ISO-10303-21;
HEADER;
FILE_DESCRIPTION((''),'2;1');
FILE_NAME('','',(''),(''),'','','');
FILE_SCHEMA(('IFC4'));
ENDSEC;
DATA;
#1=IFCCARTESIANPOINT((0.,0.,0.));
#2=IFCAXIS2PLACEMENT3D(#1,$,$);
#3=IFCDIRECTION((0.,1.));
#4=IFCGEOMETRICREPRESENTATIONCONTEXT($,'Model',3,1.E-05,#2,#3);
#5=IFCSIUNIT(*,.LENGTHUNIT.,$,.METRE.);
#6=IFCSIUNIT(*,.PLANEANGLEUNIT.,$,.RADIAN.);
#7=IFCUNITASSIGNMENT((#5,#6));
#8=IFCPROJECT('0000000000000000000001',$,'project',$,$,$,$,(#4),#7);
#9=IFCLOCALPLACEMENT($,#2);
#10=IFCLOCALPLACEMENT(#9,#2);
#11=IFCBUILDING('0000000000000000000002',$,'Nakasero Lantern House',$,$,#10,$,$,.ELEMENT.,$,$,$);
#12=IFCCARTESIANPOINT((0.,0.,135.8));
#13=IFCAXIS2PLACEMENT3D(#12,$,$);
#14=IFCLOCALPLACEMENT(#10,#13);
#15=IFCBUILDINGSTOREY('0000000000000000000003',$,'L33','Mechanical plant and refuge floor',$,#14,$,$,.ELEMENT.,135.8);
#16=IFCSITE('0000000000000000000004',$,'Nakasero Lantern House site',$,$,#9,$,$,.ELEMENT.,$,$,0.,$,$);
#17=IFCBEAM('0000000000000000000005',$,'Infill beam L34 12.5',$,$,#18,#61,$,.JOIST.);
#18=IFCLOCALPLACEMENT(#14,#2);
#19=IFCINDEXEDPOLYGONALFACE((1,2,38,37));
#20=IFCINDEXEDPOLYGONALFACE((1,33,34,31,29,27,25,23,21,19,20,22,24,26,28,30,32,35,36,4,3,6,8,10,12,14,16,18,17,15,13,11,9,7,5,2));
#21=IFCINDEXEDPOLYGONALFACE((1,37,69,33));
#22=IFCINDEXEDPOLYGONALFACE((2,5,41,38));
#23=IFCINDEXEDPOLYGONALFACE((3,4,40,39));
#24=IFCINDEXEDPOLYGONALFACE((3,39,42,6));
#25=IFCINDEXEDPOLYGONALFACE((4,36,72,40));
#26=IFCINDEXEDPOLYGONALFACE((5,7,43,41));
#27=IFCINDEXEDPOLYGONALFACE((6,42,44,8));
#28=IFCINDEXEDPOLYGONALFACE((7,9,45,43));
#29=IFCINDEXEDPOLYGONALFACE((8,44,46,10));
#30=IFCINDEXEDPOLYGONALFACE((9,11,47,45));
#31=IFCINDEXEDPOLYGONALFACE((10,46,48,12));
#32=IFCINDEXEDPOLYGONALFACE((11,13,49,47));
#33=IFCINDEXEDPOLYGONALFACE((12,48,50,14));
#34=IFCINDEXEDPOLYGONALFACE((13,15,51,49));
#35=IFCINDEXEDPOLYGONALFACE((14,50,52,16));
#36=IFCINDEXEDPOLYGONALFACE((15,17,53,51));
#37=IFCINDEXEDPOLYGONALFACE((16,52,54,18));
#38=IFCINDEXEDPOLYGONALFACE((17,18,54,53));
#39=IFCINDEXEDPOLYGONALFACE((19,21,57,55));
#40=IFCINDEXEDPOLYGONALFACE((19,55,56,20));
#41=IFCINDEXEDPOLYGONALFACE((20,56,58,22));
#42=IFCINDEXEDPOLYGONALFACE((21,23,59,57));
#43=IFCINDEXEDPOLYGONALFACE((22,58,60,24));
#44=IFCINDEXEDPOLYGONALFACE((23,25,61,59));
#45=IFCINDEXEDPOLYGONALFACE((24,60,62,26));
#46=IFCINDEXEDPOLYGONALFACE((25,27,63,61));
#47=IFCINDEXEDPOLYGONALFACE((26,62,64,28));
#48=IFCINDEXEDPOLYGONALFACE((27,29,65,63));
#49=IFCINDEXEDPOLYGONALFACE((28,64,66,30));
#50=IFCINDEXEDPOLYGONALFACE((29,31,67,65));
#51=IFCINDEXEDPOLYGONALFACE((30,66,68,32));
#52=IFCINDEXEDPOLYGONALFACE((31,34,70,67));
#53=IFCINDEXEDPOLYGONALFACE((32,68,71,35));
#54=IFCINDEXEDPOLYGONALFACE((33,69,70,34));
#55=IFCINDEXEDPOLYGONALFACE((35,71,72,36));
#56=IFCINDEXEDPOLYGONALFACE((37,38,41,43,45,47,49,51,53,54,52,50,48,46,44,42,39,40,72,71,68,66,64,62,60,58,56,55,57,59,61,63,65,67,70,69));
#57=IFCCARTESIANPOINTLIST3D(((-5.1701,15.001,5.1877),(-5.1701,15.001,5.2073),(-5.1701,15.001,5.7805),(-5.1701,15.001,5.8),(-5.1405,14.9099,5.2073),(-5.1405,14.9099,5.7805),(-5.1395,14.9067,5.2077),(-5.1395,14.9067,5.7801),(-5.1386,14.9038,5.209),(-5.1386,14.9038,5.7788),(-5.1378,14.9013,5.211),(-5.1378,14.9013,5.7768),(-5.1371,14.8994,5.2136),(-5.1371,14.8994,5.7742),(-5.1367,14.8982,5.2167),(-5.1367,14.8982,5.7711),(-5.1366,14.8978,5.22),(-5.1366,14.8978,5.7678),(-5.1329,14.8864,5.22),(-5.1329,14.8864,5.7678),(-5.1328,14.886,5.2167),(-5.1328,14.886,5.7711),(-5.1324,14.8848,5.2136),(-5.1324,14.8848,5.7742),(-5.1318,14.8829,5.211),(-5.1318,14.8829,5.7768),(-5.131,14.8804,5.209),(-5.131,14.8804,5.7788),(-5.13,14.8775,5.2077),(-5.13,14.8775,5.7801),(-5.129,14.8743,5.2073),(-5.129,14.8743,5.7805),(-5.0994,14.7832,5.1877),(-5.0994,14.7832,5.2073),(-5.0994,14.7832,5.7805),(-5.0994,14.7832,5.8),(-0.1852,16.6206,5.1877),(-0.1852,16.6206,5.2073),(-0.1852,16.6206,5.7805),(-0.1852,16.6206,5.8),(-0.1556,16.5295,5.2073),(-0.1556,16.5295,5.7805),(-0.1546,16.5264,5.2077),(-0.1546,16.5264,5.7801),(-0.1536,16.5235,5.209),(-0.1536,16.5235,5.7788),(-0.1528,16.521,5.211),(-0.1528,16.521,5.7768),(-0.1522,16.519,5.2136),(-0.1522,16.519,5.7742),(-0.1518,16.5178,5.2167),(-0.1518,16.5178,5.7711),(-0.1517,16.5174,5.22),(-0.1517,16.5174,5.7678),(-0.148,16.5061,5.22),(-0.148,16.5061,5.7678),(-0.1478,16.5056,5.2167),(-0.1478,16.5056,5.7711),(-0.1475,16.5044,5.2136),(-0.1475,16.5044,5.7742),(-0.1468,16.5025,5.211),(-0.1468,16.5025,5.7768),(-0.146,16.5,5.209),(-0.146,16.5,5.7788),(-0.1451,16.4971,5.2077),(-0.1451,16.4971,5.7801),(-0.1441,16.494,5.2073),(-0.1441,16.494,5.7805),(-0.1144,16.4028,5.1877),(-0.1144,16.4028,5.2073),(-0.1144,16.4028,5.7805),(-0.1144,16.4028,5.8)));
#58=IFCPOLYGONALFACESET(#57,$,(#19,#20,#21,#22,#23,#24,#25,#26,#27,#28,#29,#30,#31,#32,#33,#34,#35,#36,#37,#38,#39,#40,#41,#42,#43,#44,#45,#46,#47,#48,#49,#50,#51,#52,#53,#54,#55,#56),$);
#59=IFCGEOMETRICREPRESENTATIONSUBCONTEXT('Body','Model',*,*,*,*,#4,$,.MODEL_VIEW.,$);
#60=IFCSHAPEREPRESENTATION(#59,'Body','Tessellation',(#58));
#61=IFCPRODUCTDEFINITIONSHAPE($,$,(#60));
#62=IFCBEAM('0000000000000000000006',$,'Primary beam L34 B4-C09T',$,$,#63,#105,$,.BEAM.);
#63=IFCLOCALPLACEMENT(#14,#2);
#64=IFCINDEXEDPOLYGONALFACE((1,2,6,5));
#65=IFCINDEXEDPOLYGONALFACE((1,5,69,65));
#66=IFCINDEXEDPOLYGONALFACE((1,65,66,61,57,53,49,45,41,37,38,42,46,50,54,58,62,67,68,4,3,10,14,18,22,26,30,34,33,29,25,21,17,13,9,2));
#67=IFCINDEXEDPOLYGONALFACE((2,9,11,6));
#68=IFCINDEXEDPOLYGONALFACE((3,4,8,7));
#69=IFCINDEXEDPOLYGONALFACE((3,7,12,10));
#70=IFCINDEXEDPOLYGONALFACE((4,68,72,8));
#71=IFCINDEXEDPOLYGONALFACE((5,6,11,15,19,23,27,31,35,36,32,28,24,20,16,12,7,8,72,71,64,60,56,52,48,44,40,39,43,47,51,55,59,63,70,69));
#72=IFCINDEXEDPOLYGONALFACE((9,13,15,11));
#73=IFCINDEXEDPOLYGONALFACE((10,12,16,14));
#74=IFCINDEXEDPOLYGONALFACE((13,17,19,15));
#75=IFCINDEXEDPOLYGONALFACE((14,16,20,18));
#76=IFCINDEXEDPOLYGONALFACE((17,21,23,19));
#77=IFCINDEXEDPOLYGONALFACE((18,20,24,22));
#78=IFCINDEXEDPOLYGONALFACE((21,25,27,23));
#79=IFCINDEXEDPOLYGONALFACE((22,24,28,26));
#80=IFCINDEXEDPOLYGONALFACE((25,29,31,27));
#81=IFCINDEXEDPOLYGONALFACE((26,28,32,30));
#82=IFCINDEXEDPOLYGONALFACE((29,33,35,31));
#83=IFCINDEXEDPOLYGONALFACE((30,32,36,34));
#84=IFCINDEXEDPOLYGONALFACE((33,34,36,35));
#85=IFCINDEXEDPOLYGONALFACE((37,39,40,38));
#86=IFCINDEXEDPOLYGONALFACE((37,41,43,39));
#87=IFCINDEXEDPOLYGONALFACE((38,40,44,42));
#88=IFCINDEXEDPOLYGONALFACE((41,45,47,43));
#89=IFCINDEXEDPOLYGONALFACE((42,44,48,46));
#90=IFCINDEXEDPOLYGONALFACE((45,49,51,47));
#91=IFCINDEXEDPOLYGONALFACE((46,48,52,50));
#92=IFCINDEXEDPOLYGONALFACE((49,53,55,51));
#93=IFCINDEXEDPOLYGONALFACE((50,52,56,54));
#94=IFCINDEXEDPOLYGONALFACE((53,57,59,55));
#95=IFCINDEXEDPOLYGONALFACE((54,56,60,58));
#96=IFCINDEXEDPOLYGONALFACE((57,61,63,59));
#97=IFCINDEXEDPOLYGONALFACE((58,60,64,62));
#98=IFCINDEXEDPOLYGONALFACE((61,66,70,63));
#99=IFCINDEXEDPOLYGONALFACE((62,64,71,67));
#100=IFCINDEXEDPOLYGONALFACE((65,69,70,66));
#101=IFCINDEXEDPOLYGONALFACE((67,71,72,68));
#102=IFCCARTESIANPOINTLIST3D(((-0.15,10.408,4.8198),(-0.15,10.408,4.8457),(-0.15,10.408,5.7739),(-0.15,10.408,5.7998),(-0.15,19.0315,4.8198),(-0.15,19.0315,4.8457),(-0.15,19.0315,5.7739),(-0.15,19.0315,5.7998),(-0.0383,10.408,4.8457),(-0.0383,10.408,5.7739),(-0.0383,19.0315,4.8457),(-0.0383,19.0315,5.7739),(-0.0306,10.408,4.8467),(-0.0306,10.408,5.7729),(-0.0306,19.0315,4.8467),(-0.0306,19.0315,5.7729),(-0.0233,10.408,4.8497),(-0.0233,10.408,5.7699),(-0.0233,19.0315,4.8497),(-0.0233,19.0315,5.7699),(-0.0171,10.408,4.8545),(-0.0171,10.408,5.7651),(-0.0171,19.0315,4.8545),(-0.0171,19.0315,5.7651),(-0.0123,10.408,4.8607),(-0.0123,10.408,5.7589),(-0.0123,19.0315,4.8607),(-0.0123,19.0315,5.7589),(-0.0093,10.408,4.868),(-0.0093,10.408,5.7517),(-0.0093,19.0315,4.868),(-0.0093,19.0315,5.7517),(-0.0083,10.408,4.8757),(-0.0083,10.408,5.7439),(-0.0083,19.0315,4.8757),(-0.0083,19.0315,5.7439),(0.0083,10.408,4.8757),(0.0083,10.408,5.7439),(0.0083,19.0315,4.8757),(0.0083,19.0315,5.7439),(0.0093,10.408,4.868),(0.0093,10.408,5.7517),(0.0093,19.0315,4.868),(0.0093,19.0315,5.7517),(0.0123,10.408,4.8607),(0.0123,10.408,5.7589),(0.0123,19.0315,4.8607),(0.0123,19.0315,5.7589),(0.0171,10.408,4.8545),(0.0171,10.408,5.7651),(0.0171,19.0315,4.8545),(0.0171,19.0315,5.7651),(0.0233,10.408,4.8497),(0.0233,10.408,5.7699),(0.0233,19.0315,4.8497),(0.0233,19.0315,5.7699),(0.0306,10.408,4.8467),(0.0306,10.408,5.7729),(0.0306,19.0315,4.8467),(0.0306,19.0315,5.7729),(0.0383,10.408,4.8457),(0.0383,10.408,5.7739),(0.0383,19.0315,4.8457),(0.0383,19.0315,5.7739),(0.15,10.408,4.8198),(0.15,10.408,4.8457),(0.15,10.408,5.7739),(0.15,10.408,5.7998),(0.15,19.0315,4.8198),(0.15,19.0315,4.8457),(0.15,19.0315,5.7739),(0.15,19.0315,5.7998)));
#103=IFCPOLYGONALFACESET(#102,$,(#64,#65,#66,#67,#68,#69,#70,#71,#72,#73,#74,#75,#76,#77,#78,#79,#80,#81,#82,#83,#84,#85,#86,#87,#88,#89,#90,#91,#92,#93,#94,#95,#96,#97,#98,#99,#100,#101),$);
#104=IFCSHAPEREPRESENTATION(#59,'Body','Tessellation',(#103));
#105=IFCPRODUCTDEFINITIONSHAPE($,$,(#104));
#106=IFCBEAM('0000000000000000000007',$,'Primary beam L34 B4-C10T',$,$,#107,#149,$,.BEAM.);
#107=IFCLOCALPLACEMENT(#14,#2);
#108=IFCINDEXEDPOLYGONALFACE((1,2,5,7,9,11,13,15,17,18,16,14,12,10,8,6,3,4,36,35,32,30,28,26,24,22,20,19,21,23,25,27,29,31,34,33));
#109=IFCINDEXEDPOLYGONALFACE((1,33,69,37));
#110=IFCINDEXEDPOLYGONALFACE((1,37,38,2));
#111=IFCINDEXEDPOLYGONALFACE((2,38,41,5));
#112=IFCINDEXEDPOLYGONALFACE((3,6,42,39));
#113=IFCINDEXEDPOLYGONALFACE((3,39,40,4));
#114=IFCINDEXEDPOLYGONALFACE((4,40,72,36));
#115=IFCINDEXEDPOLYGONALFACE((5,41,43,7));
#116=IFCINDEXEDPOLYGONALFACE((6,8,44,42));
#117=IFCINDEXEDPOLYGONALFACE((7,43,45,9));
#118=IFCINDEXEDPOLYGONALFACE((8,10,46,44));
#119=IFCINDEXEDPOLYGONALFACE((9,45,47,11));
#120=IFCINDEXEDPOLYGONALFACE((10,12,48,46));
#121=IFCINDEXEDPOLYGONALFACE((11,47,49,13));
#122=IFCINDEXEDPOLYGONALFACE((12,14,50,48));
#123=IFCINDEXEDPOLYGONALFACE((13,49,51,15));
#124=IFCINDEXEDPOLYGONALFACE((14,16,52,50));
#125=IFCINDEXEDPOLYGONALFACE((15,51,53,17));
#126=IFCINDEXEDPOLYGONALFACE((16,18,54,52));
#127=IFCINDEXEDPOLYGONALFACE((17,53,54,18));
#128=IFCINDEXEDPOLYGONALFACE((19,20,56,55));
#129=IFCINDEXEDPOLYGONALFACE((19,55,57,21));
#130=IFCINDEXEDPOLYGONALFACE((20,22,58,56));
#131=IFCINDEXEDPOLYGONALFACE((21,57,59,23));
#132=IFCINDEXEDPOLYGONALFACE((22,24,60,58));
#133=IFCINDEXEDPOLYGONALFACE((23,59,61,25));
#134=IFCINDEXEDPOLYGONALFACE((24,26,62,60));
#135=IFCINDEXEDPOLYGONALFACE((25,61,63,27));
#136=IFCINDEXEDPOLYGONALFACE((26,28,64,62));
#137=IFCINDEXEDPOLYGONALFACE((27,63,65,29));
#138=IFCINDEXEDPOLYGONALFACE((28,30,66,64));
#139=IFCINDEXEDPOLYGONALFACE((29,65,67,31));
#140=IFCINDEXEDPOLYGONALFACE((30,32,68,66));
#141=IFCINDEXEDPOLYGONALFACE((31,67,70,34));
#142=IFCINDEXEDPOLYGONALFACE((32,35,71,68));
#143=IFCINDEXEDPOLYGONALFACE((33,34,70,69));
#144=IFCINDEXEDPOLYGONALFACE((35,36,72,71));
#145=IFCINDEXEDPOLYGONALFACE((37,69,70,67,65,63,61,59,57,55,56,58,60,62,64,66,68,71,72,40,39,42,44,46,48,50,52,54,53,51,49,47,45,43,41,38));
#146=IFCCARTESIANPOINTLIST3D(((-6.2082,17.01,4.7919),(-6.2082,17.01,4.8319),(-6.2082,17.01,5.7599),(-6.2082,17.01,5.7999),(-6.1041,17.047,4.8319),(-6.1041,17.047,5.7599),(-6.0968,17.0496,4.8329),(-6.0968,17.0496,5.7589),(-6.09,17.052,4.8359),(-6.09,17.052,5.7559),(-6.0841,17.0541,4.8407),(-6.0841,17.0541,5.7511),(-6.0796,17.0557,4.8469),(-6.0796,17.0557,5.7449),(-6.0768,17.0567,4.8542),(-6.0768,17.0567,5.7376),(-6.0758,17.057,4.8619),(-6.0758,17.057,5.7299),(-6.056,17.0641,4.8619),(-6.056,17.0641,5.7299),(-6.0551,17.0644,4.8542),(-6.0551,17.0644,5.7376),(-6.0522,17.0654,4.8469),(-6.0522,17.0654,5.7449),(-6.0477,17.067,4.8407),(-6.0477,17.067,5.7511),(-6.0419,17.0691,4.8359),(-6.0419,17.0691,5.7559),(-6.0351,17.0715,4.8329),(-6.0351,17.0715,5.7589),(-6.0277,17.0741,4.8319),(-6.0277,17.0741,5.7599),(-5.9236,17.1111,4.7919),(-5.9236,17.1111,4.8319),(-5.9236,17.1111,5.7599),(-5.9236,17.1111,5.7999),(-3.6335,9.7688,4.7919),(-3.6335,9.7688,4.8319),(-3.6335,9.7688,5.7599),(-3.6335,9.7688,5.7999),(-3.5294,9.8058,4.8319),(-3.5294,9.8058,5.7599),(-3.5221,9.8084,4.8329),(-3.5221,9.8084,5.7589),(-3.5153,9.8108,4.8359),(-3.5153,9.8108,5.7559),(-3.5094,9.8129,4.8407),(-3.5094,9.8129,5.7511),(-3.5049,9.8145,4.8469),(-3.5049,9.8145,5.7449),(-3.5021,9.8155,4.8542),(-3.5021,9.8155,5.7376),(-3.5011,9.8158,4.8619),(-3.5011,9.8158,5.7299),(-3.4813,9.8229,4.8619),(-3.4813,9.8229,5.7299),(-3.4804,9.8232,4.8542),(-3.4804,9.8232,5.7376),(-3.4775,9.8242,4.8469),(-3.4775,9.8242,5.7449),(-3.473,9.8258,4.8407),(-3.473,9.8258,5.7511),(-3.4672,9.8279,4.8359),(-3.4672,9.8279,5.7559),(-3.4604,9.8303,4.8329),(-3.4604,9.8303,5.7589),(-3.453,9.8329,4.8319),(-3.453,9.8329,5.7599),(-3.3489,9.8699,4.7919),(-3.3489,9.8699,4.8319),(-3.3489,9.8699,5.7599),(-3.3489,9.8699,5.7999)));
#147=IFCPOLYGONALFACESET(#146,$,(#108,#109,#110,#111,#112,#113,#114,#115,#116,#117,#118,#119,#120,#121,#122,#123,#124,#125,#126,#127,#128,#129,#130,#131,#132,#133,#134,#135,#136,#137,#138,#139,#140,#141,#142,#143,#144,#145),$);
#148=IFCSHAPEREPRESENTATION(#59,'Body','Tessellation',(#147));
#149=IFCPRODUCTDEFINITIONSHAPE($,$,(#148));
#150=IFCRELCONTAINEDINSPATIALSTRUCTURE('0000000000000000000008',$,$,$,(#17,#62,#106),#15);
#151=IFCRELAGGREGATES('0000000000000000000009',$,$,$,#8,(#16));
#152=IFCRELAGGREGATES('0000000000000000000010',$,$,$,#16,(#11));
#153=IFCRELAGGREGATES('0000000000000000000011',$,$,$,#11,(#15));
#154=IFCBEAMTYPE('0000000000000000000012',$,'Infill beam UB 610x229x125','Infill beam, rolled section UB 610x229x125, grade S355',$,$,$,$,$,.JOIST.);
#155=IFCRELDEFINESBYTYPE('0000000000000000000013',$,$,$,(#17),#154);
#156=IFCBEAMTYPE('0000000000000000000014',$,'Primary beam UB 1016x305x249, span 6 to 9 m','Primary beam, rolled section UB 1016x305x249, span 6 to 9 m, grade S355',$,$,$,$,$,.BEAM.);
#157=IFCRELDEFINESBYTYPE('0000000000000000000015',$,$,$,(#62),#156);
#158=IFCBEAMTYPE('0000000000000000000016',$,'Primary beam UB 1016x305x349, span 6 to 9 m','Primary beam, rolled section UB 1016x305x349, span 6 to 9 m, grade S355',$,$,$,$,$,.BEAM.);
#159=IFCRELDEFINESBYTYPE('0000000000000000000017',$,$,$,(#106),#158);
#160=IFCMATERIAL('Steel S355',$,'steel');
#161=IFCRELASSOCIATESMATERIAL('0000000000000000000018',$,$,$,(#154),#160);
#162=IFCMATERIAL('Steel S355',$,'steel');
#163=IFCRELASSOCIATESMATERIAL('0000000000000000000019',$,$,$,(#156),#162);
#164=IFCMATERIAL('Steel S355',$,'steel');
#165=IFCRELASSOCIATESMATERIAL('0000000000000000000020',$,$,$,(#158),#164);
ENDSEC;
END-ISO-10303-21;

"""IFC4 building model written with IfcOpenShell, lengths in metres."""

from ifc_helpers import new_model, si_unit, direction, frame, origin, origin_2d, place, context, subcontext, project, spatial, i_section, extrude, material, material_profile, profile_set, type_object, element, save


model = new_model("IFC4")

# Units and contexts
model_context = context("Model", 3, precision=1e-05, world=origin(), true_north=direction((0.0, 1.0)))
body_context = subcontext(model_context, "Body", "Model", "MODEL_VIEW")
ifc_project = project(units=[si_unit("LENGTHUNIT", "METRE"), si_unit("PLANEANGLEUNIT", "RADIAN")], contexts=[model_context])

# Site, building, storey
site_placement = place(None, origin())
site = spatial("IfcSite", under=ifc_project, at=site_placement, Name="Nakasero Lantern House site", CompositionType="ELEMENT", RefElevation=0.0)
building_placement = place(site_placement, origin())
building = spatial("IfcBuilding", under=site, at=building_placement, Name="Nakasero Lantern House", CompositionType="ELEMENT")
storey_placement = place(building_placement, frame((0.0, 0.0, 135.8)))
storey = spatial("IfcBuildingStorey", under=building, at=storey_placement, Name="L33", Description="Mechanical plant and refuge floor", CompositionType="ELEMENT", Elevation=135.8)

# Beams
ifc_material_1 = material(Name="Steel S355", Category="steel")
ifc_material_profile_1 = material_profile(ifc_material_1, i_section(OverallWidth=0.229, OverallDepth=0.6123, WebThickness=0.012, FlangeThickness=0.0195, FilletRadius=0.0127, at=origin_2d()), Name="UB 610x229x125")
ifc_profile_set_1 = profile_set([ifc_material_profile_1], Name="Steel S355")
beam_type_1 = type_object("IfcBeamType", Name="Infill beam UB 610x229x125", Description="Infill beam, rolled section UB 610x229x125, grade S355", PredefinedType="JOIST", material=ifc_profile_set_1)
beam_1_placement = place(storey_placement, frame((-5.1348, 14.8921, 5.4939), z_axis=(0.951059, 0.309008, 0.0), x_axis=(-0.309008, 0.951059, 0.0)))
element("IfcBeam", 1, at=beam_1_placement, inside=storey, type_object=beam_type_1, Name="Infill beam L34 12.5", PredefinedType="JOIST", context=body_context, shape_type="SweptSolid", body=[
    extrude(i_section(OverallWidth=0.229, OverallDepth=0.6123, WebThickness=0.012, FlangeThickness=0.0195, FilletRadius=0.0127, at=origin_2d()), origin(), (0.0, 0.0, 1.0), 5.2415),
])
ifc_material_2 = material(Name="Steel S355", Category="steel")
ifc_material_profile_2 = material_profile(ifc_material_2, i_section(OverallWidth=0.3, OverallDepth=0.98, WebThickness=0.0166, FlangeThickness=0.0259, FilletRadius=0.03, at=origin_2d()), Name="UB 1016x305x249")
ifc_profile_set_2 = profile_set([ifc_material_profile_2], Name="Steel S355")
beam_type_2 = type_object("IfcBeamType", Name="Primary beam UB 1016x305x249, span 6 to 9 m", Description="Primary beam, rolled section UB 1016x305x249, span 6 to 9 m, grade S355", PredefinedType="BEAM", material=ifc_profile_set_2)
beam_2_placement = place(storey_placement, frame((0.0, 19.0315, 5.3098), z_axis=(0.0, -1.0, 0.0), x_axis=(1.0, 0.0, 0.0)))
element("IfcBeam", 2, at=beam_2_placement, inside=storey, type_object=beam_type_2, Name="Primary beam L34 B4-C09T", PredefinedType="BEAM", context=body_context, shape_type="SweptSolid", body=[
    extrude(i_section(OverallWidth=0.3, OverallDepth=0.98, WebThickness=0.0166, FlangeThickness=0.0259, FilletRadius=0.03, at=origin_2d()), origin(), (0.0, 0.0, 1.0), 8.6235),
])
ifc_material_3 = material(Name="Steel S355", Category="steel")
ifc_material_profile_3 = material_profile(ifc_material_3, i_section(OverallWidth=0.302, OverallDepth=1.0081, WebThickness=0.021, FlangeThickness=0.04, FilletRadius=0.03, at=origin_2d()), Name="UB 1016x305x349")
ifc_profile_set_3 = profile_set([ifc_material_profile_3], Name="Steel S355")
beam_type_3 = type_object("IfcBeamType", Name="Primary beam UB 1016x305x349, span 6 to 9 m", Description="Primary beam, rolled section UB 1016x305x349, span 6 to 9 m, grade S355", PredefinedType="BEAM", material=ifc_profile_set_3)
beam_3_placement = place(storey_placement, frame((-6.0659, 17.0605, 5.2959), z_axis=(0.335016, -0.942212, 0.0), x_axis=(0.942212, 0.335016, 0.0)))
element("IfcBeam", 3, at=beam_3_placement, inside=storey, type_object=beam_type_3, Name="Primary beam L34 B4-C10T", PredefinedType="BEAM", context=body_context, shape_type="SweptSolid", body=[
    extrude(i_section(OverallWidth=0.302, OverallDepth=1.0081, WebThickness=0.021, FlangeThickness=0.04, FilletRadius=0.03, at=origin_2d()), origin(), (0.0, 0.0, 1.0), 7.6853),
])

save(model, "model.ifc")
